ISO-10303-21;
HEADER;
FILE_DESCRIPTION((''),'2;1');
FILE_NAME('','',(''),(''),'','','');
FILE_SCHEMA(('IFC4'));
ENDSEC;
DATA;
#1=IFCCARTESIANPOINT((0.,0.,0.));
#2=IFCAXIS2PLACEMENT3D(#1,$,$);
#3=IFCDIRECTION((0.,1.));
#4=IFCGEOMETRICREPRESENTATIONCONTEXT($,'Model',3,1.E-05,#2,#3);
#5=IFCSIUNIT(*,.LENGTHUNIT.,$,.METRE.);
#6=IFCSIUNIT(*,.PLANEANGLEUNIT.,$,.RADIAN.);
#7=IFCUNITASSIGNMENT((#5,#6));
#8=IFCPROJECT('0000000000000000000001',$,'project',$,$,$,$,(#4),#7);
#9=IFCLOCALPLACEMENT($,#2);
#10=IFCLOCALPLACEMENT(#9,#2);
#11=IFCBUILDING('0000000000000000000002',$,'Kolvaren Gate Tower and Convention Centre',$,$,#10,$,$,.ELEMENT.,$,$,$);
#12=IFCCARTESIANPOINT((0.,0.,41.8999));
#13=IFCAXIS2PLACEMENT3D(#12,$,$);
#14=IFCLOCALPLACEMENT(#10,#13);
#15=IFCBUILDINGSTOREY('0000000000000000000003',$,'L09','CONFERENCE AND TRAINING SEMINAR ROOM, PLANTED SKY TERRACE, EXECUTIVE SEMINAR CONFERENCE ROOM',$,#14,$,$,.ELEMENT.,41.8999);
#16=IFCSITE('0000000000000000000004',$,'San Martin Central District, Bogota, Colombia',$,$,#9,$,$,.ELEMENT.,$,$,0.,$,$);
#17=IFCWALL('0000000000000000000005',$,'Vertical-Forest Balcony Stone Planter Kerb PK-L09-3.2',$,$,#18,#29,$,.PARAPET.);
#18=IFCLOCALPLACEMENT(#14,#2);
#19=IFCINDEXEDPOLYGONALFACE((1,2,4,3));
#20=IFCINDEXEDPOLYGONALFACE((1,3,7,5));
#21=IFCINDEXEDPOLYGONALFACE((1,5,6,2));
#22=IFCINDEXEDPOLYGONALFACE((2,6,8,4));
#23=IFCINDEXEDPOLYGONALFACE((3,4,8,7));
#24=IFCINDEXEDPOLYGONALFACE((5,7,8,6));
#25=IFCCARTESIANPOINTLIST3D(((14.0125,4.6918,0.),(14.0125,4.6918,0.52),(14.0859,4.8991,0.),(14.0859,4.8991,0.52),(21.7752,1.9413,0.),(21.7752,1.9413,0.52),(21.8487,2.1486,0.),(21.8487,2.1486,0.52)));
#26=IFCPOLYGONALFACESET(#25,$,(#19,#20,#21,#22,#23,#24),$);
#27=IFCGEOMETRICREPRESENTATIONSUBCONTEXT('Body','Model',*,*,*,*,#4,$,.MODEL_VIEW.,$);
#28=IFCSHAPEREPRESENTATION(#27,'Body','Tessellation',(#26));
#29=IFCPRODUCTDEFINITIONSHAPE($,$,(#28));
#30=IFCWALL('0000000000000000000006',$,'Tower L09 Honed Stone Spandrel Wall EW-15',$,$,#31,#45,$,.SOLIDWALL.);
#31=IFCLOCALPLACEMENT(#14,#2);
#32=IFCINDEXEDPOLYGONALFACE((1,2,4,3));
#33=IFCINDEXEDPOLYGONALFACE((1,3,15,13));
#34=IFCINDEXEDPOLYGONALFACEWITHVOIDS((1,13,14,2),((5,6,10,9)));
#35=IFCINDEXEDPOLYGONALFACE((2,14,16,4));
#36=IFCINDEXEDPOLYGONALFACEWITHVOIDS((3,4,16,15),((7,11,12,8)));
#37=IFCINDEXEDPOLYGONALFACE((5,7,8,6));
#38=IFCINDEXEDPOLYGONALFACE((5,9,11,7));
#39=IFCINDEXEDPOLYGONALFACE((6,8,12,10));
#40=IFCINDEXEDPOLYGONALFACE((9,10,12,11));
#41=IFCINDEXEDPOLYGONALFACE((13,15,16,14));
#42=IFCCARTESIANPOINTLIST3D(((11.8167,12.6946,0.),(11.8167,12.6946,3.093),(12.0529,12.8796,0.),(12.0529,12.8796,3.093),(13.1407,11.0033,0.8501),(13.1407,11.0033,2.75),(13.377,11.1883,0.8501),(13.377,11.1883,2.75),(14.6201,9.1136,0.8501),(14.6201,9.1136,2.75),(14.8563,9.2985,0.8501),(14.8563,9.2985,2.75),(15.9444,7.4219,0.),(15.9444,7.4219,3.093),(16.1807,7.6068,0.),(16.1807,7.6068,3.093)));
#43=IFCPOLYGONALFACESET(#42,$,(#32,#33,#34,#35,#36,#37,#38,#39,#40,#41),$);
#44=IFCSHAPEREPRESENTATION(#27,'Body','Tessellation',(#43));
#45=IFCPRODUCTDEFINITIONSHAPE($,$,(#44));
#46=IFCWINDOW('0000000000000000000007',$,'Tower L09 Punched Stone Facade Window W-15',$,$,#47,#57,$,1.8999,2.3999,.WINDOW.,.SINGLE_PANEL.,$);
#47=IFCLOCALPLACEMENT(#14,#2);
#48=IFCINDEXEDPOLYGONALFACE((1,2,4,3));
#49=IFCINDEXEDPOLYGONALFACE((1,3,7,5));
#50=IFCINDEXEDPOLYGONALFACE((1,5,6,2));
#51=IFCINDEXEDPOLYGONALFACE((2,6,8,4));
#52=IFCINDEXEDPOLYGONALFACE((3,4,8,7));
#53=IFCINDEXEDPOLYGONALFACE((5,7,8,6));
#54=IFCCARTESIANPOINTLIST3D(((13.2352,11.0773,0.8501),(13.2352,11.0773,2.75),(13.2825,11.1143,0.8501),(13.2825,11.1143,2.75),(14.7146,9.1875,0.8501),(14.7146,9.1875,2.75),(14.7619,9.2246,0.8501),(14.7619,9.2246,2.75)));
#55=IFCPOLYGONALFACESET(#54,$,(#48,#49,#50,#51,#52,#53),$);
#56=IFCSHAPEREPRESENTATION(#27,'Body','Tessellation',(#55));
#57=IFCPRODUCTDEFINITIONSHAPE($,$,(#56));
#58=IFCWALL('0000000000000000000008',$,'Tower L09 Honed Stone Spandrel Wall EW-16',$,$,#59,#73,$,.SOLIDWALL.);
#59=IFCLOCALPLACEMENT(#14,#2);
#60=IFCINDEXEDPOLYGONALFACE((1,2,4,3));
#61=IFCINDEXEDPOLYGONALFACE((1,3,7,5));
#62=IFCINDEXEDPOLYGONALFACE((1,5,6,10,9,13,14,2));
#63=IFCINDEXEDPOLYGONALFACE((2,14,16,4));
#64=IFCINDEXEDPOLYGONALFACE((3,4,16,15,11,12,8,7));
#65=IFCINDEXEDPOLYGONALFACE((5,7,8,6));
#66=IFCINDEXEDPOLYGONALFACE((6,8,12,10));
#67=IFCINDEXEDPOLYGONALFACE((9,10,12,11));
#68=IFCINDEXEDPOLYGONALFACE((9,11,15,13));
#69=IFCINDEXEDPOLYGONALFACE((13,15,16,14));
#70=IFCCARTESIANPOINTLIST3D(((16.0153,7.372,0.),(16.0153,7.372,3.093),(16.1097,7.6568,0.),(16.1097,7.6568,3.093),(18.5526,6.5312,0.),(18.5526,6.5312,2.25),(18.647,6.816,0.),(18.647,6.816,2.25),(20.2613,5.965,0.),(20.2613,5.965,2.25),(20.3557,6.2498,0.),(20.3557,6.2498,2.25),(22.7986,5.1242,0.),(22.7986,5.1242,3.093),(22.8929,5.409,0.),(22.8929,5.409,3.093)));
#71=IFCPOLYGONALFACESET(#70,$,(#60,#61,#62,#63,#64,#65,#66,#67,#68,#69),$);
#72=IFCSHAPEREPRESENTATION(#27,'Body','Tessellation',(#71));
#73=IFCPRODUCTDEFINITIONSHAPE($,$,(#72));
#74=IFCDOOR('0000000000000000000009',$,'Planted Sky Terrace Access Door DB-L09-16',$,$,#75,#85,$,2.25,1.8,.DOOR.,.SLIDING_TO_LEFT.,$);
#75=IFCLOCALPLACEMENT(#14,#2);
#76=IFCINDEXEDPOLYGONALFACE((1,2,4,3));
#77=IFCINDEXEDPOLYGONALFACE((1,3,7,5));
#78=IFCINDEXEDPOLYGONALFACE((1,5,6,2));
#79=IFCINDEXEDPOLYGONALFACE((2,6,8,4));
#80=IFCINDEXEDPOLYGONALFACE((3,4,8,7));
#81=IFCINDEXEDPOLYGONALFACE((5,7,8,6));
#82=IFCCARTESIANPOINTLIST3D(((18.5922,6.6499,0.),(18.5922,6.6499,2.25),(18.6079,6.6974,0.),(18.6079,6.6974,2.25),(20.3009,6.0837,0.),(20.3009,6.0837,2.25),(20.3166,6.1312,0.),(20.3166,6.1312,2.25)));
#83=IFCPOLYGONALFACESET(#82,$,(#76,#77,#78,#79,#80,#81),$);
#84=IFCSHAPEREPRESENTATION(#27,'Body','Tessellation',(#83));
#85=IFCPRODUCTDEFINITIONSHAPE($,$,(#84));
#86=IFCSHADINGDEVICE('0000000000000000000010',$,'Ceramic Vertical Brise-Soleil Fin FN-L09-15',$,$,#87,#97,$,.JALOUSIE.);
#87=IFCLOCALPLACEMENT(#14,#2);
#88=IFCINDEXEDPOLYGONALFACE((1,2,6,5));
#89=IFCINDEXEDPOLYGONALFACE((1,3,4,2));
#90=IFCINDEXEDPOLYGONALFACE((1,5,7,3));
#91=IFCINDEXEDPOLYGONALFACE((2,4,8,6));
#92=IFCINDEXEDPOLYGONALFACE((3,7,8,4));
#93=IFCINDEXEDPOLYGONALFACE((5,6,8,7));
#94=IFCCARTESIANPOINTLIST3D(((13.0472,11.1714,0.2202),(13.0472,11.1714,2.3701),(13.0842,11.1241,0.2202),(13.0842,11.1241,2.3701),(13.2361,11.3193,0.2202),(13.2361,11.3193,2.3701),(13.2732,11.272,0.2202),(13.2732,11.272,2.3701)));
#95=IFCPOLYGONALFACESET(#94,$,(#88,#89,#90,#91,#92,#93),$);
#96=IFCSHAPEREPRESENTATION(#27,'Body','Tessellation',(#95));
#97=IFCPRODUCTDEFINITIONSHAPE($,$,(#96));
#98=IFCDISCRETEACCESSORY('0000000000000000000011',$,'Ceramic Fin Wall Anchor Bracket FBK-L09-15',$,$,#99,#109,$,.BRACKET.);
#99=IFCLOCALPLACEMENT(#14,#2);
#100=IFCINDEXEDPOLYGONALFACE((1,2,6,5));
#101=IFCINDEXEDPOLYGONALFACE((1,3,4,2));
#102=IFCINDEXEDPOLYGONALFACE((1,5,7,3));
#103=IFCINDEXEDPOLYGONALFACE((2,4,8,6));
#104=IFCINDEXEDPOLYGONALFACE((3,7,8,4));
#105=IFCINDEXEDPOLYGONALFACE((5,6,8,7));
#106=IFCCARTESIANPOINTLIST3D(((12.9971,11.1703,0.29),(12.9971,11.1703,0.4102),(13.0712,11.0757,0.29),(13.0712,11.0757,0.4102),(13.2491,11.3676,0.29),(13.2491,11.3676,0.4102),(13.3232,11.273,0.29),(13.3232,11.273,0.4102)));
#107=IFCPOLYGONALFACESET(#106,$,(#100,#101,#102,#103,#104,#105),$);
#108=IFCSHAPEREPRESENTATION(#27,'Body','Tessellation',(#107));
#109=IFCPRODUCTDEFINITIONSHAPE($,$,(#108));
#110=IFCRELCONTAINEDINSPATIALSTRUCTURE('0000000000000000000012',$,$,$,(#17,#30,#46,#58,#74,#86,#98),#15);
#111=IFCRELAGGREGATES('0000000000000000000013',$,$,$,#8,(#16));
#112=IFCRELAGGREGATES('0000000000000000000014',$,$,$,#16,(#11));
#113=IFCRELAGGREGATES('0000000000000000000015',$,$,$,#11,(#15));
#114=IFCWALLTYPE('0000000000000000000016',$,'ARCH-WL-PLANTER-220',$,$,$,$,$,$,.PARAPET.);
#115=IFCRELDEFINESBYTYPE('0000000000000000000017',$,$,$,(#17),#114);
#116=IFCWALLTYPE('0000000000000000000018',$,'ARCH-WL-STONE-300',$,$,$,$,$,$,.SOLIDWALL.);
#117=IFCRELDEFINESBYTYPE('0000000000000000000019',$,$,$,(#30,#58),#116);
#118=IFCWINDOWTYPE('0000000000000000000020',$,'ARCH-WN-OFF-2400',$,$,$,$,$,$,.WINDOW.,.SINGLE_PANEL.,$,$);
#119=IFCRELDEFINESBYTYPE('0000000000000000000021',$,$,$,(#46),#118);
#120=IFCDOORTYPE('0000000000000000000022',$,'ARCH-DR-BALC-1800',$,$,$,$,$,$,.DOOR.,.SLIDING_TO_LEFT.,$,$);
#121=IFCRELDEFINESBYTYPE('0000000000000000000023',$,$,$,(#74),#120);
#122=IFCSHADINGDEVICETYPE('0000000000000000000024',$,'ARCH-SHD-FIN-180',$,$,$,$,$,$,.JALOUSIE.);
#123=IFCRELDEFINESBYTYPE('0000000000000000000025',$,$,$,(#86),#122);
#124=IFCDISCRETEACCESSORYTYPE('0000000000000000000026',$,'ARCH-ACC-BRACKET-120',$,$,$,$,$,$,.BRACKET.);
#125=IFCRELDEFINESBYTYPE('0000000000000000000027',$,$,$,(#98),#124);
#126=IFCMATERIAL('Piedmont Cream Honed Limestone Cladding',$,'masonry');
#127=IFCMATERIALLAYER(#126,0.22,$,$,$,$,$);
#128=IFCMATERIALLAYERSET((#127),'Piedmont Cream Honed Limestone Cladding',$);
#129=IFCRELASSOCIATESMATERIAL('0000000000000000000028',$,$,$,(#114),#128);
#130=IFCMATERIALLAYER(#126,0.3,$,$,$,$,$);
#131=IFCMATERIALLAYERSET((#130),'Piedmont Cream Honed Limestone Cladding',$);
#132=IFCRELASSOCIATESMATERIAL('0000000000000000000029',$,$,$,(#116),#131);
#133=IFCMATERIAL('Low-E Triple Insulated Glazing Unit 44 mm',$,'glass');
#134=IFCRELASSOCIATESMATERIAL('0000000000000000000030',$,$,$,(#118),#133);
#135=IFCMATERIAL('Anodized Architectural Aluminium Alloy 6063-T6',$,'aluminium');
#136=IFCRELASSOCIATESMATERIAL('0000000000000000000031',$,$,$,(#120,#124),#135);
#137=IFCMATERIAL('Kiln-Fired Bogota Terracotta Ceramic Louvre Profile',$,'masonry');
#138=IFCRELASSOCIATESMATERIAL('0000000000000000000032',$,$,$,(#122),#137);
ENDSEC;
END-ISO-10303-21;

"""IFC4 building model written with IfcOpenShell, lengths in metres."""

from ifc_helpers import new_model, si_unit, direction, frame, frame_2d, origin, origin_2d, place, context, subcontext, project, spatial, rectangle, extrude, material, layer, layer_set, type_object, element, fill, save


model = new_model("IFC4")

# Units and contexts
model_context = context("Model", 3, precision=1e-05, world=origin(), true_north=direction((0.0, 1.0)))
body_context = subcontext(model_context, "Body", "Model", "MODEL_VIEW")
ifc_project = project(units=[si_unit("LENGTHUNIT", "METRE"), si_unit("PLANEANGLEUNIT", "RADIAN")], contexts=[model_context])

# Site, building, storey
site_placement = place(None, origin())
site = spatial("IfcSite", under=ifc_project, at=site_placement, Name="San Martin Central District, Bogota, Colombia", CompositionType="ELEMENT", RefElevation=0.0)
building_placement = place(site_placement, origin())
building = spatial("IfcBuilding", under=site, at=building_placement, Name="Kolvaren Gate Tower and Convention Centre", CompositionType="ELEMENT")
storey_placement = place(building_placement, frame((0.0, 0.0, 41.8999)))
storey = spatial("IfcBuildingStorey", under=building, at=storey_placement, Name="L09", Description="CONFERENCE AND TRAINING SEMINAR ROOM, PLANTED SKY TERRACE, EXECUTIVE SEMINAR CONFERENCE ROOM", CompositionType="ELEMENT", Elevation=41.8999)

# Wall
ifc_material_1 = material(Name="Piedmont Cream Honed Limestone Cladding", Category="masonry")
ifc_layer_1 = layer(ifc_material_1, 0.22)
ifc_layer_set_1 = layer_set([ifc_layer_1], Name="Piedmont Cream Honed Limestone Cladding")
wall_type_1 = type_object("IfcWallType", Name="ARCH-WL-PLANTER-220", PredefinedType="PARAPET", material=ifc_layer_set_1)
wall_1_placement = place(storey_placement, frame((14.0493, 4.7954, 0.0), z_axis=(0.0, 0.0, 1.0), x_axis=(0.942581, -0.333977, 0.0)))
element("IfcWall", 1, at=wall_1_placement, inside=storey, type_object=wall_type_1, Name="Vertical-Forest Balcony Stone Planter Kerb PK-L09-3.2", PredefinedType="PARAPET", context=body_context, shape_type="SweptSolid", body=[
    extrude(rectangle(XDim=8.2356, YDim=0.22, at=frame_2d((4.1177, 0.0))), origin(), (0.0, 0.0, 1.0), 0.52),
])

# Wall, opening, window
ifc_layer_2 = layer(ifc_material_1, 0.3)
ifc_layer_set_2 = layer_set([ifc_layer_2], Name="Piedmont Cream Honed Limestone Cladding")
wall_type_2 = type_object("IfcWallType", Name="ARCH-WL-STONE-300", PredefinedType="SOLIDWALL", material=ifc_layer_set_2)
wall_2_placement = place(storey_placement, frame((11.9348, 12.7871, 0.0), z_axis=(0.0, 0.0, 1.0), x_axis=(0.616421, -0.787417, 0.0)))
wall_2 = element("IfcWall", 2, at=wall_2_placement, inside=storey, type_object=wall_type_2, Name="Tower L09 Honed Stone Spandrel Wall EW-15", PredefinedType="SOLIDWALL", context=body_context, shape_type="SweptSolid", body=[
    extrude(rectangle(XDim=6.6963, YDim=0.3, at=frame_2d((3.3481, 0.0))), origin(), (0.0, 0.0, 1.0), 3.093),
])
opening_1_placement = place(wall_2_placement, frame((2.1479, 0.0, 0.8501)))
opening_1 = element("IfcOpeningElement", 3, at=opening_1_placement, cuts=wall_2, PredefinedType="OPENING", context=body_context, shape_type="SweptSolid", body=[
    extrude(rectangle(XDim=2.3999, YDim=1.8999, at=frame_2d((1.2, 0.95))), frame((0.0, 0.1599, 0.0), z_axis=(0.0, -1.0, 0.0), x_axis=(1.0, 0.0, 0.0)), (0.0, 0.0, 1.0), 0.3201),
])
ifc_material_2 = material(Name="Low-E Triple Insulated Glazing Unit 44 mm", Category="glass")
window_type = type_object("IfcWindowType", Name="ARCH-WN-OFF-2400", PartitioningType="SINGLE_PANEL", PredefinedType="WINDOW", material=ifc_material_2)
window_placement = place(opening_1_placement, origin())
window = element("IfcWindow", 4, at=window_placement, inside=storey, type_object=window_type, Name="Tower L09 Punched Stone Facade Window W-15", OverallHeight=1.8999, OverallWidth=2.3999, PartitioningType="SINGLE_PANEL", PredefinedType="WINDOW", context=body_context, shape_type="SweptSolid", body=[
    extrude(rectangle(XDim=2.3999, YDim=1.8999, at=frame_2d((1.2, 0.95))), frame((0.0, 0.03, 0.0), z_axis=(0.0, -1.0, 0.0), x_axis=(1.0, 0.0, 0.0)), (0.0, 0.0, 1.0), 0.0601),
])
fill(opening_1, window)

# Wall, opening, door
wall_3_placement = place(storey_placement, frame((16.0625, 7.5144, 0.0), z_axis=(0.0, 0.0, 1.0), x_axis=(0.949239, -0.314557, 0.0)))
wall_3 = element("IfcWall", 5, at=wall_3_placement, inside=storey, type_object=wall_type_2, Name="Tower L09 Honed Stone Spandrel Wall EW-16", PredefinedType="SOLIDWALL", context=body_context, shape_type="SweptSolid", body=[
    extrude(rectangle(XDim=7.146, YDim=0.3, at=frame_2d((3.573, 0.0))), origin(), (0.0, 0.0, 1.0), 3.093),
])
opening_2_placement = place(wall_3_placement, frame((2.6731, 0.0, 0.0)))
opening_2 = element("IfcOpeningElement", 6, at=opening_2_placement, cuts=wall_3, PredefinedType="OPENING", context=body_context, shape_type="SweptSolid", body=[
    extrude(rectangle(XDim=1.8, YDim=2.25, at=frame_2d((0.8999, 1.125))), frame((0.0, 0.1599, 0.0), z_axis=(0.0, -1.0, 0.0), x_axis=(1.0, 0.0, 0.0)), (0.0, 0.0, 1.0), 0.3201),
])
ifc_material_3 = material(Name="Anodized Architectural Aluminium Alloy 6063-T6", Category="aluminium")
door_type = type_object("IfcDoorType", Name="ARCH-DR-BALC-1800", OperationType="SLIDING_TO_LEFT", PredefinedType="DOOR", material=ifc_material_3)
door_placement = place(opening_2_placement, frame((1.8, 0.0, 0.0), z_axis=(0.0, 0.0, 1.0), x_axis=(-1.0, 0.0, 0.0)))
door = element("IfcDoor", 7, at=door_placement, inside=storey, type_object=door_type, Name="Planted Sky Terrace Access Door DB-L09-16", OperationType="SLIDING_TO_LEFT", OverallHeight=2.25, OverallWidth=1.8, PredefinedType="DOOR", context=body_context, shape_type="SweptSolid", body=[
    extrude(rectangle(XDim=1.8, YDim=2.25, at=frame_2d((0.8999, 1.125))), frame((0.0, 0.0249, 0.0), z_axis=(0.0, -1.0, 0.0), x_axis=(1.0, 0.0, 0.0)), (0.0, 0.0, 1.0), 0.05),
])
fill(opening_2, door)

# Shading device
ifc_material_4 = material(Name="Kiln-Fired Bogota Terracotta Ceramic Louvre Profile", Category="masonry")
shading_device_type = type_object("IfcShadingDeviceType", Name="ARCH-SHD-FIN-180", PredefinedType="JALOUSIE", material=ifc_material_4)
shading_device_placement = place(storey_placement, frame((13.1602, 11.2217, 0.2202), z_axis=(0.0, 0.0, 1.0), x_axis=(0.616424, -0.787414, 0.0)))
element("IfcShadingDevice", 8, at=shading_device_placement, inside=storey, type_object=shading_device_type, Name="Ceramic Vertical Brise-Soleil Fin FN-L09-15", PredefinedType="JALOUSIE", context=body_context, shape_type="SweptSolid", body=[
    extrude(rectangle(XDim=0.0601, YDim=0.24, at=origin_2d()), origin(), (0.0, 0.0, 1.0), 2.1499),
])

# Discrete accessory
discrete_accessory_type = type_object("IfcDiscreteAccessoryType", Name="ARCH-ACC-BRACKET-120", PredefinedType="BRACKET", material=ifc_material_3)
discrete_accessory_placement = place(storey_placement, frame((13.1602, 11.2217, 0.29), z_axis=(0.0, 0.0, 1.0), x_axis=(0.616424, -0.787414, 0.0)))
element("IfcDiscreteAccessory", 9, at=discrete_accessory_placement, inside=storey, type_object=discrete_accessory_type, Name="Ceramic Fin Wall Anchor Bracket FBK-L09-15", PredefinedType="BRACKET", context=body_context, shape_type="SweptSolid", body=[
    extrude(rectangle(XDim=0.1201, YDim=0.3201, at=origin_2d()), origin(), (0.0, 0.0, 1.0), 0.1201),
])

save(model, "model.ifc")
